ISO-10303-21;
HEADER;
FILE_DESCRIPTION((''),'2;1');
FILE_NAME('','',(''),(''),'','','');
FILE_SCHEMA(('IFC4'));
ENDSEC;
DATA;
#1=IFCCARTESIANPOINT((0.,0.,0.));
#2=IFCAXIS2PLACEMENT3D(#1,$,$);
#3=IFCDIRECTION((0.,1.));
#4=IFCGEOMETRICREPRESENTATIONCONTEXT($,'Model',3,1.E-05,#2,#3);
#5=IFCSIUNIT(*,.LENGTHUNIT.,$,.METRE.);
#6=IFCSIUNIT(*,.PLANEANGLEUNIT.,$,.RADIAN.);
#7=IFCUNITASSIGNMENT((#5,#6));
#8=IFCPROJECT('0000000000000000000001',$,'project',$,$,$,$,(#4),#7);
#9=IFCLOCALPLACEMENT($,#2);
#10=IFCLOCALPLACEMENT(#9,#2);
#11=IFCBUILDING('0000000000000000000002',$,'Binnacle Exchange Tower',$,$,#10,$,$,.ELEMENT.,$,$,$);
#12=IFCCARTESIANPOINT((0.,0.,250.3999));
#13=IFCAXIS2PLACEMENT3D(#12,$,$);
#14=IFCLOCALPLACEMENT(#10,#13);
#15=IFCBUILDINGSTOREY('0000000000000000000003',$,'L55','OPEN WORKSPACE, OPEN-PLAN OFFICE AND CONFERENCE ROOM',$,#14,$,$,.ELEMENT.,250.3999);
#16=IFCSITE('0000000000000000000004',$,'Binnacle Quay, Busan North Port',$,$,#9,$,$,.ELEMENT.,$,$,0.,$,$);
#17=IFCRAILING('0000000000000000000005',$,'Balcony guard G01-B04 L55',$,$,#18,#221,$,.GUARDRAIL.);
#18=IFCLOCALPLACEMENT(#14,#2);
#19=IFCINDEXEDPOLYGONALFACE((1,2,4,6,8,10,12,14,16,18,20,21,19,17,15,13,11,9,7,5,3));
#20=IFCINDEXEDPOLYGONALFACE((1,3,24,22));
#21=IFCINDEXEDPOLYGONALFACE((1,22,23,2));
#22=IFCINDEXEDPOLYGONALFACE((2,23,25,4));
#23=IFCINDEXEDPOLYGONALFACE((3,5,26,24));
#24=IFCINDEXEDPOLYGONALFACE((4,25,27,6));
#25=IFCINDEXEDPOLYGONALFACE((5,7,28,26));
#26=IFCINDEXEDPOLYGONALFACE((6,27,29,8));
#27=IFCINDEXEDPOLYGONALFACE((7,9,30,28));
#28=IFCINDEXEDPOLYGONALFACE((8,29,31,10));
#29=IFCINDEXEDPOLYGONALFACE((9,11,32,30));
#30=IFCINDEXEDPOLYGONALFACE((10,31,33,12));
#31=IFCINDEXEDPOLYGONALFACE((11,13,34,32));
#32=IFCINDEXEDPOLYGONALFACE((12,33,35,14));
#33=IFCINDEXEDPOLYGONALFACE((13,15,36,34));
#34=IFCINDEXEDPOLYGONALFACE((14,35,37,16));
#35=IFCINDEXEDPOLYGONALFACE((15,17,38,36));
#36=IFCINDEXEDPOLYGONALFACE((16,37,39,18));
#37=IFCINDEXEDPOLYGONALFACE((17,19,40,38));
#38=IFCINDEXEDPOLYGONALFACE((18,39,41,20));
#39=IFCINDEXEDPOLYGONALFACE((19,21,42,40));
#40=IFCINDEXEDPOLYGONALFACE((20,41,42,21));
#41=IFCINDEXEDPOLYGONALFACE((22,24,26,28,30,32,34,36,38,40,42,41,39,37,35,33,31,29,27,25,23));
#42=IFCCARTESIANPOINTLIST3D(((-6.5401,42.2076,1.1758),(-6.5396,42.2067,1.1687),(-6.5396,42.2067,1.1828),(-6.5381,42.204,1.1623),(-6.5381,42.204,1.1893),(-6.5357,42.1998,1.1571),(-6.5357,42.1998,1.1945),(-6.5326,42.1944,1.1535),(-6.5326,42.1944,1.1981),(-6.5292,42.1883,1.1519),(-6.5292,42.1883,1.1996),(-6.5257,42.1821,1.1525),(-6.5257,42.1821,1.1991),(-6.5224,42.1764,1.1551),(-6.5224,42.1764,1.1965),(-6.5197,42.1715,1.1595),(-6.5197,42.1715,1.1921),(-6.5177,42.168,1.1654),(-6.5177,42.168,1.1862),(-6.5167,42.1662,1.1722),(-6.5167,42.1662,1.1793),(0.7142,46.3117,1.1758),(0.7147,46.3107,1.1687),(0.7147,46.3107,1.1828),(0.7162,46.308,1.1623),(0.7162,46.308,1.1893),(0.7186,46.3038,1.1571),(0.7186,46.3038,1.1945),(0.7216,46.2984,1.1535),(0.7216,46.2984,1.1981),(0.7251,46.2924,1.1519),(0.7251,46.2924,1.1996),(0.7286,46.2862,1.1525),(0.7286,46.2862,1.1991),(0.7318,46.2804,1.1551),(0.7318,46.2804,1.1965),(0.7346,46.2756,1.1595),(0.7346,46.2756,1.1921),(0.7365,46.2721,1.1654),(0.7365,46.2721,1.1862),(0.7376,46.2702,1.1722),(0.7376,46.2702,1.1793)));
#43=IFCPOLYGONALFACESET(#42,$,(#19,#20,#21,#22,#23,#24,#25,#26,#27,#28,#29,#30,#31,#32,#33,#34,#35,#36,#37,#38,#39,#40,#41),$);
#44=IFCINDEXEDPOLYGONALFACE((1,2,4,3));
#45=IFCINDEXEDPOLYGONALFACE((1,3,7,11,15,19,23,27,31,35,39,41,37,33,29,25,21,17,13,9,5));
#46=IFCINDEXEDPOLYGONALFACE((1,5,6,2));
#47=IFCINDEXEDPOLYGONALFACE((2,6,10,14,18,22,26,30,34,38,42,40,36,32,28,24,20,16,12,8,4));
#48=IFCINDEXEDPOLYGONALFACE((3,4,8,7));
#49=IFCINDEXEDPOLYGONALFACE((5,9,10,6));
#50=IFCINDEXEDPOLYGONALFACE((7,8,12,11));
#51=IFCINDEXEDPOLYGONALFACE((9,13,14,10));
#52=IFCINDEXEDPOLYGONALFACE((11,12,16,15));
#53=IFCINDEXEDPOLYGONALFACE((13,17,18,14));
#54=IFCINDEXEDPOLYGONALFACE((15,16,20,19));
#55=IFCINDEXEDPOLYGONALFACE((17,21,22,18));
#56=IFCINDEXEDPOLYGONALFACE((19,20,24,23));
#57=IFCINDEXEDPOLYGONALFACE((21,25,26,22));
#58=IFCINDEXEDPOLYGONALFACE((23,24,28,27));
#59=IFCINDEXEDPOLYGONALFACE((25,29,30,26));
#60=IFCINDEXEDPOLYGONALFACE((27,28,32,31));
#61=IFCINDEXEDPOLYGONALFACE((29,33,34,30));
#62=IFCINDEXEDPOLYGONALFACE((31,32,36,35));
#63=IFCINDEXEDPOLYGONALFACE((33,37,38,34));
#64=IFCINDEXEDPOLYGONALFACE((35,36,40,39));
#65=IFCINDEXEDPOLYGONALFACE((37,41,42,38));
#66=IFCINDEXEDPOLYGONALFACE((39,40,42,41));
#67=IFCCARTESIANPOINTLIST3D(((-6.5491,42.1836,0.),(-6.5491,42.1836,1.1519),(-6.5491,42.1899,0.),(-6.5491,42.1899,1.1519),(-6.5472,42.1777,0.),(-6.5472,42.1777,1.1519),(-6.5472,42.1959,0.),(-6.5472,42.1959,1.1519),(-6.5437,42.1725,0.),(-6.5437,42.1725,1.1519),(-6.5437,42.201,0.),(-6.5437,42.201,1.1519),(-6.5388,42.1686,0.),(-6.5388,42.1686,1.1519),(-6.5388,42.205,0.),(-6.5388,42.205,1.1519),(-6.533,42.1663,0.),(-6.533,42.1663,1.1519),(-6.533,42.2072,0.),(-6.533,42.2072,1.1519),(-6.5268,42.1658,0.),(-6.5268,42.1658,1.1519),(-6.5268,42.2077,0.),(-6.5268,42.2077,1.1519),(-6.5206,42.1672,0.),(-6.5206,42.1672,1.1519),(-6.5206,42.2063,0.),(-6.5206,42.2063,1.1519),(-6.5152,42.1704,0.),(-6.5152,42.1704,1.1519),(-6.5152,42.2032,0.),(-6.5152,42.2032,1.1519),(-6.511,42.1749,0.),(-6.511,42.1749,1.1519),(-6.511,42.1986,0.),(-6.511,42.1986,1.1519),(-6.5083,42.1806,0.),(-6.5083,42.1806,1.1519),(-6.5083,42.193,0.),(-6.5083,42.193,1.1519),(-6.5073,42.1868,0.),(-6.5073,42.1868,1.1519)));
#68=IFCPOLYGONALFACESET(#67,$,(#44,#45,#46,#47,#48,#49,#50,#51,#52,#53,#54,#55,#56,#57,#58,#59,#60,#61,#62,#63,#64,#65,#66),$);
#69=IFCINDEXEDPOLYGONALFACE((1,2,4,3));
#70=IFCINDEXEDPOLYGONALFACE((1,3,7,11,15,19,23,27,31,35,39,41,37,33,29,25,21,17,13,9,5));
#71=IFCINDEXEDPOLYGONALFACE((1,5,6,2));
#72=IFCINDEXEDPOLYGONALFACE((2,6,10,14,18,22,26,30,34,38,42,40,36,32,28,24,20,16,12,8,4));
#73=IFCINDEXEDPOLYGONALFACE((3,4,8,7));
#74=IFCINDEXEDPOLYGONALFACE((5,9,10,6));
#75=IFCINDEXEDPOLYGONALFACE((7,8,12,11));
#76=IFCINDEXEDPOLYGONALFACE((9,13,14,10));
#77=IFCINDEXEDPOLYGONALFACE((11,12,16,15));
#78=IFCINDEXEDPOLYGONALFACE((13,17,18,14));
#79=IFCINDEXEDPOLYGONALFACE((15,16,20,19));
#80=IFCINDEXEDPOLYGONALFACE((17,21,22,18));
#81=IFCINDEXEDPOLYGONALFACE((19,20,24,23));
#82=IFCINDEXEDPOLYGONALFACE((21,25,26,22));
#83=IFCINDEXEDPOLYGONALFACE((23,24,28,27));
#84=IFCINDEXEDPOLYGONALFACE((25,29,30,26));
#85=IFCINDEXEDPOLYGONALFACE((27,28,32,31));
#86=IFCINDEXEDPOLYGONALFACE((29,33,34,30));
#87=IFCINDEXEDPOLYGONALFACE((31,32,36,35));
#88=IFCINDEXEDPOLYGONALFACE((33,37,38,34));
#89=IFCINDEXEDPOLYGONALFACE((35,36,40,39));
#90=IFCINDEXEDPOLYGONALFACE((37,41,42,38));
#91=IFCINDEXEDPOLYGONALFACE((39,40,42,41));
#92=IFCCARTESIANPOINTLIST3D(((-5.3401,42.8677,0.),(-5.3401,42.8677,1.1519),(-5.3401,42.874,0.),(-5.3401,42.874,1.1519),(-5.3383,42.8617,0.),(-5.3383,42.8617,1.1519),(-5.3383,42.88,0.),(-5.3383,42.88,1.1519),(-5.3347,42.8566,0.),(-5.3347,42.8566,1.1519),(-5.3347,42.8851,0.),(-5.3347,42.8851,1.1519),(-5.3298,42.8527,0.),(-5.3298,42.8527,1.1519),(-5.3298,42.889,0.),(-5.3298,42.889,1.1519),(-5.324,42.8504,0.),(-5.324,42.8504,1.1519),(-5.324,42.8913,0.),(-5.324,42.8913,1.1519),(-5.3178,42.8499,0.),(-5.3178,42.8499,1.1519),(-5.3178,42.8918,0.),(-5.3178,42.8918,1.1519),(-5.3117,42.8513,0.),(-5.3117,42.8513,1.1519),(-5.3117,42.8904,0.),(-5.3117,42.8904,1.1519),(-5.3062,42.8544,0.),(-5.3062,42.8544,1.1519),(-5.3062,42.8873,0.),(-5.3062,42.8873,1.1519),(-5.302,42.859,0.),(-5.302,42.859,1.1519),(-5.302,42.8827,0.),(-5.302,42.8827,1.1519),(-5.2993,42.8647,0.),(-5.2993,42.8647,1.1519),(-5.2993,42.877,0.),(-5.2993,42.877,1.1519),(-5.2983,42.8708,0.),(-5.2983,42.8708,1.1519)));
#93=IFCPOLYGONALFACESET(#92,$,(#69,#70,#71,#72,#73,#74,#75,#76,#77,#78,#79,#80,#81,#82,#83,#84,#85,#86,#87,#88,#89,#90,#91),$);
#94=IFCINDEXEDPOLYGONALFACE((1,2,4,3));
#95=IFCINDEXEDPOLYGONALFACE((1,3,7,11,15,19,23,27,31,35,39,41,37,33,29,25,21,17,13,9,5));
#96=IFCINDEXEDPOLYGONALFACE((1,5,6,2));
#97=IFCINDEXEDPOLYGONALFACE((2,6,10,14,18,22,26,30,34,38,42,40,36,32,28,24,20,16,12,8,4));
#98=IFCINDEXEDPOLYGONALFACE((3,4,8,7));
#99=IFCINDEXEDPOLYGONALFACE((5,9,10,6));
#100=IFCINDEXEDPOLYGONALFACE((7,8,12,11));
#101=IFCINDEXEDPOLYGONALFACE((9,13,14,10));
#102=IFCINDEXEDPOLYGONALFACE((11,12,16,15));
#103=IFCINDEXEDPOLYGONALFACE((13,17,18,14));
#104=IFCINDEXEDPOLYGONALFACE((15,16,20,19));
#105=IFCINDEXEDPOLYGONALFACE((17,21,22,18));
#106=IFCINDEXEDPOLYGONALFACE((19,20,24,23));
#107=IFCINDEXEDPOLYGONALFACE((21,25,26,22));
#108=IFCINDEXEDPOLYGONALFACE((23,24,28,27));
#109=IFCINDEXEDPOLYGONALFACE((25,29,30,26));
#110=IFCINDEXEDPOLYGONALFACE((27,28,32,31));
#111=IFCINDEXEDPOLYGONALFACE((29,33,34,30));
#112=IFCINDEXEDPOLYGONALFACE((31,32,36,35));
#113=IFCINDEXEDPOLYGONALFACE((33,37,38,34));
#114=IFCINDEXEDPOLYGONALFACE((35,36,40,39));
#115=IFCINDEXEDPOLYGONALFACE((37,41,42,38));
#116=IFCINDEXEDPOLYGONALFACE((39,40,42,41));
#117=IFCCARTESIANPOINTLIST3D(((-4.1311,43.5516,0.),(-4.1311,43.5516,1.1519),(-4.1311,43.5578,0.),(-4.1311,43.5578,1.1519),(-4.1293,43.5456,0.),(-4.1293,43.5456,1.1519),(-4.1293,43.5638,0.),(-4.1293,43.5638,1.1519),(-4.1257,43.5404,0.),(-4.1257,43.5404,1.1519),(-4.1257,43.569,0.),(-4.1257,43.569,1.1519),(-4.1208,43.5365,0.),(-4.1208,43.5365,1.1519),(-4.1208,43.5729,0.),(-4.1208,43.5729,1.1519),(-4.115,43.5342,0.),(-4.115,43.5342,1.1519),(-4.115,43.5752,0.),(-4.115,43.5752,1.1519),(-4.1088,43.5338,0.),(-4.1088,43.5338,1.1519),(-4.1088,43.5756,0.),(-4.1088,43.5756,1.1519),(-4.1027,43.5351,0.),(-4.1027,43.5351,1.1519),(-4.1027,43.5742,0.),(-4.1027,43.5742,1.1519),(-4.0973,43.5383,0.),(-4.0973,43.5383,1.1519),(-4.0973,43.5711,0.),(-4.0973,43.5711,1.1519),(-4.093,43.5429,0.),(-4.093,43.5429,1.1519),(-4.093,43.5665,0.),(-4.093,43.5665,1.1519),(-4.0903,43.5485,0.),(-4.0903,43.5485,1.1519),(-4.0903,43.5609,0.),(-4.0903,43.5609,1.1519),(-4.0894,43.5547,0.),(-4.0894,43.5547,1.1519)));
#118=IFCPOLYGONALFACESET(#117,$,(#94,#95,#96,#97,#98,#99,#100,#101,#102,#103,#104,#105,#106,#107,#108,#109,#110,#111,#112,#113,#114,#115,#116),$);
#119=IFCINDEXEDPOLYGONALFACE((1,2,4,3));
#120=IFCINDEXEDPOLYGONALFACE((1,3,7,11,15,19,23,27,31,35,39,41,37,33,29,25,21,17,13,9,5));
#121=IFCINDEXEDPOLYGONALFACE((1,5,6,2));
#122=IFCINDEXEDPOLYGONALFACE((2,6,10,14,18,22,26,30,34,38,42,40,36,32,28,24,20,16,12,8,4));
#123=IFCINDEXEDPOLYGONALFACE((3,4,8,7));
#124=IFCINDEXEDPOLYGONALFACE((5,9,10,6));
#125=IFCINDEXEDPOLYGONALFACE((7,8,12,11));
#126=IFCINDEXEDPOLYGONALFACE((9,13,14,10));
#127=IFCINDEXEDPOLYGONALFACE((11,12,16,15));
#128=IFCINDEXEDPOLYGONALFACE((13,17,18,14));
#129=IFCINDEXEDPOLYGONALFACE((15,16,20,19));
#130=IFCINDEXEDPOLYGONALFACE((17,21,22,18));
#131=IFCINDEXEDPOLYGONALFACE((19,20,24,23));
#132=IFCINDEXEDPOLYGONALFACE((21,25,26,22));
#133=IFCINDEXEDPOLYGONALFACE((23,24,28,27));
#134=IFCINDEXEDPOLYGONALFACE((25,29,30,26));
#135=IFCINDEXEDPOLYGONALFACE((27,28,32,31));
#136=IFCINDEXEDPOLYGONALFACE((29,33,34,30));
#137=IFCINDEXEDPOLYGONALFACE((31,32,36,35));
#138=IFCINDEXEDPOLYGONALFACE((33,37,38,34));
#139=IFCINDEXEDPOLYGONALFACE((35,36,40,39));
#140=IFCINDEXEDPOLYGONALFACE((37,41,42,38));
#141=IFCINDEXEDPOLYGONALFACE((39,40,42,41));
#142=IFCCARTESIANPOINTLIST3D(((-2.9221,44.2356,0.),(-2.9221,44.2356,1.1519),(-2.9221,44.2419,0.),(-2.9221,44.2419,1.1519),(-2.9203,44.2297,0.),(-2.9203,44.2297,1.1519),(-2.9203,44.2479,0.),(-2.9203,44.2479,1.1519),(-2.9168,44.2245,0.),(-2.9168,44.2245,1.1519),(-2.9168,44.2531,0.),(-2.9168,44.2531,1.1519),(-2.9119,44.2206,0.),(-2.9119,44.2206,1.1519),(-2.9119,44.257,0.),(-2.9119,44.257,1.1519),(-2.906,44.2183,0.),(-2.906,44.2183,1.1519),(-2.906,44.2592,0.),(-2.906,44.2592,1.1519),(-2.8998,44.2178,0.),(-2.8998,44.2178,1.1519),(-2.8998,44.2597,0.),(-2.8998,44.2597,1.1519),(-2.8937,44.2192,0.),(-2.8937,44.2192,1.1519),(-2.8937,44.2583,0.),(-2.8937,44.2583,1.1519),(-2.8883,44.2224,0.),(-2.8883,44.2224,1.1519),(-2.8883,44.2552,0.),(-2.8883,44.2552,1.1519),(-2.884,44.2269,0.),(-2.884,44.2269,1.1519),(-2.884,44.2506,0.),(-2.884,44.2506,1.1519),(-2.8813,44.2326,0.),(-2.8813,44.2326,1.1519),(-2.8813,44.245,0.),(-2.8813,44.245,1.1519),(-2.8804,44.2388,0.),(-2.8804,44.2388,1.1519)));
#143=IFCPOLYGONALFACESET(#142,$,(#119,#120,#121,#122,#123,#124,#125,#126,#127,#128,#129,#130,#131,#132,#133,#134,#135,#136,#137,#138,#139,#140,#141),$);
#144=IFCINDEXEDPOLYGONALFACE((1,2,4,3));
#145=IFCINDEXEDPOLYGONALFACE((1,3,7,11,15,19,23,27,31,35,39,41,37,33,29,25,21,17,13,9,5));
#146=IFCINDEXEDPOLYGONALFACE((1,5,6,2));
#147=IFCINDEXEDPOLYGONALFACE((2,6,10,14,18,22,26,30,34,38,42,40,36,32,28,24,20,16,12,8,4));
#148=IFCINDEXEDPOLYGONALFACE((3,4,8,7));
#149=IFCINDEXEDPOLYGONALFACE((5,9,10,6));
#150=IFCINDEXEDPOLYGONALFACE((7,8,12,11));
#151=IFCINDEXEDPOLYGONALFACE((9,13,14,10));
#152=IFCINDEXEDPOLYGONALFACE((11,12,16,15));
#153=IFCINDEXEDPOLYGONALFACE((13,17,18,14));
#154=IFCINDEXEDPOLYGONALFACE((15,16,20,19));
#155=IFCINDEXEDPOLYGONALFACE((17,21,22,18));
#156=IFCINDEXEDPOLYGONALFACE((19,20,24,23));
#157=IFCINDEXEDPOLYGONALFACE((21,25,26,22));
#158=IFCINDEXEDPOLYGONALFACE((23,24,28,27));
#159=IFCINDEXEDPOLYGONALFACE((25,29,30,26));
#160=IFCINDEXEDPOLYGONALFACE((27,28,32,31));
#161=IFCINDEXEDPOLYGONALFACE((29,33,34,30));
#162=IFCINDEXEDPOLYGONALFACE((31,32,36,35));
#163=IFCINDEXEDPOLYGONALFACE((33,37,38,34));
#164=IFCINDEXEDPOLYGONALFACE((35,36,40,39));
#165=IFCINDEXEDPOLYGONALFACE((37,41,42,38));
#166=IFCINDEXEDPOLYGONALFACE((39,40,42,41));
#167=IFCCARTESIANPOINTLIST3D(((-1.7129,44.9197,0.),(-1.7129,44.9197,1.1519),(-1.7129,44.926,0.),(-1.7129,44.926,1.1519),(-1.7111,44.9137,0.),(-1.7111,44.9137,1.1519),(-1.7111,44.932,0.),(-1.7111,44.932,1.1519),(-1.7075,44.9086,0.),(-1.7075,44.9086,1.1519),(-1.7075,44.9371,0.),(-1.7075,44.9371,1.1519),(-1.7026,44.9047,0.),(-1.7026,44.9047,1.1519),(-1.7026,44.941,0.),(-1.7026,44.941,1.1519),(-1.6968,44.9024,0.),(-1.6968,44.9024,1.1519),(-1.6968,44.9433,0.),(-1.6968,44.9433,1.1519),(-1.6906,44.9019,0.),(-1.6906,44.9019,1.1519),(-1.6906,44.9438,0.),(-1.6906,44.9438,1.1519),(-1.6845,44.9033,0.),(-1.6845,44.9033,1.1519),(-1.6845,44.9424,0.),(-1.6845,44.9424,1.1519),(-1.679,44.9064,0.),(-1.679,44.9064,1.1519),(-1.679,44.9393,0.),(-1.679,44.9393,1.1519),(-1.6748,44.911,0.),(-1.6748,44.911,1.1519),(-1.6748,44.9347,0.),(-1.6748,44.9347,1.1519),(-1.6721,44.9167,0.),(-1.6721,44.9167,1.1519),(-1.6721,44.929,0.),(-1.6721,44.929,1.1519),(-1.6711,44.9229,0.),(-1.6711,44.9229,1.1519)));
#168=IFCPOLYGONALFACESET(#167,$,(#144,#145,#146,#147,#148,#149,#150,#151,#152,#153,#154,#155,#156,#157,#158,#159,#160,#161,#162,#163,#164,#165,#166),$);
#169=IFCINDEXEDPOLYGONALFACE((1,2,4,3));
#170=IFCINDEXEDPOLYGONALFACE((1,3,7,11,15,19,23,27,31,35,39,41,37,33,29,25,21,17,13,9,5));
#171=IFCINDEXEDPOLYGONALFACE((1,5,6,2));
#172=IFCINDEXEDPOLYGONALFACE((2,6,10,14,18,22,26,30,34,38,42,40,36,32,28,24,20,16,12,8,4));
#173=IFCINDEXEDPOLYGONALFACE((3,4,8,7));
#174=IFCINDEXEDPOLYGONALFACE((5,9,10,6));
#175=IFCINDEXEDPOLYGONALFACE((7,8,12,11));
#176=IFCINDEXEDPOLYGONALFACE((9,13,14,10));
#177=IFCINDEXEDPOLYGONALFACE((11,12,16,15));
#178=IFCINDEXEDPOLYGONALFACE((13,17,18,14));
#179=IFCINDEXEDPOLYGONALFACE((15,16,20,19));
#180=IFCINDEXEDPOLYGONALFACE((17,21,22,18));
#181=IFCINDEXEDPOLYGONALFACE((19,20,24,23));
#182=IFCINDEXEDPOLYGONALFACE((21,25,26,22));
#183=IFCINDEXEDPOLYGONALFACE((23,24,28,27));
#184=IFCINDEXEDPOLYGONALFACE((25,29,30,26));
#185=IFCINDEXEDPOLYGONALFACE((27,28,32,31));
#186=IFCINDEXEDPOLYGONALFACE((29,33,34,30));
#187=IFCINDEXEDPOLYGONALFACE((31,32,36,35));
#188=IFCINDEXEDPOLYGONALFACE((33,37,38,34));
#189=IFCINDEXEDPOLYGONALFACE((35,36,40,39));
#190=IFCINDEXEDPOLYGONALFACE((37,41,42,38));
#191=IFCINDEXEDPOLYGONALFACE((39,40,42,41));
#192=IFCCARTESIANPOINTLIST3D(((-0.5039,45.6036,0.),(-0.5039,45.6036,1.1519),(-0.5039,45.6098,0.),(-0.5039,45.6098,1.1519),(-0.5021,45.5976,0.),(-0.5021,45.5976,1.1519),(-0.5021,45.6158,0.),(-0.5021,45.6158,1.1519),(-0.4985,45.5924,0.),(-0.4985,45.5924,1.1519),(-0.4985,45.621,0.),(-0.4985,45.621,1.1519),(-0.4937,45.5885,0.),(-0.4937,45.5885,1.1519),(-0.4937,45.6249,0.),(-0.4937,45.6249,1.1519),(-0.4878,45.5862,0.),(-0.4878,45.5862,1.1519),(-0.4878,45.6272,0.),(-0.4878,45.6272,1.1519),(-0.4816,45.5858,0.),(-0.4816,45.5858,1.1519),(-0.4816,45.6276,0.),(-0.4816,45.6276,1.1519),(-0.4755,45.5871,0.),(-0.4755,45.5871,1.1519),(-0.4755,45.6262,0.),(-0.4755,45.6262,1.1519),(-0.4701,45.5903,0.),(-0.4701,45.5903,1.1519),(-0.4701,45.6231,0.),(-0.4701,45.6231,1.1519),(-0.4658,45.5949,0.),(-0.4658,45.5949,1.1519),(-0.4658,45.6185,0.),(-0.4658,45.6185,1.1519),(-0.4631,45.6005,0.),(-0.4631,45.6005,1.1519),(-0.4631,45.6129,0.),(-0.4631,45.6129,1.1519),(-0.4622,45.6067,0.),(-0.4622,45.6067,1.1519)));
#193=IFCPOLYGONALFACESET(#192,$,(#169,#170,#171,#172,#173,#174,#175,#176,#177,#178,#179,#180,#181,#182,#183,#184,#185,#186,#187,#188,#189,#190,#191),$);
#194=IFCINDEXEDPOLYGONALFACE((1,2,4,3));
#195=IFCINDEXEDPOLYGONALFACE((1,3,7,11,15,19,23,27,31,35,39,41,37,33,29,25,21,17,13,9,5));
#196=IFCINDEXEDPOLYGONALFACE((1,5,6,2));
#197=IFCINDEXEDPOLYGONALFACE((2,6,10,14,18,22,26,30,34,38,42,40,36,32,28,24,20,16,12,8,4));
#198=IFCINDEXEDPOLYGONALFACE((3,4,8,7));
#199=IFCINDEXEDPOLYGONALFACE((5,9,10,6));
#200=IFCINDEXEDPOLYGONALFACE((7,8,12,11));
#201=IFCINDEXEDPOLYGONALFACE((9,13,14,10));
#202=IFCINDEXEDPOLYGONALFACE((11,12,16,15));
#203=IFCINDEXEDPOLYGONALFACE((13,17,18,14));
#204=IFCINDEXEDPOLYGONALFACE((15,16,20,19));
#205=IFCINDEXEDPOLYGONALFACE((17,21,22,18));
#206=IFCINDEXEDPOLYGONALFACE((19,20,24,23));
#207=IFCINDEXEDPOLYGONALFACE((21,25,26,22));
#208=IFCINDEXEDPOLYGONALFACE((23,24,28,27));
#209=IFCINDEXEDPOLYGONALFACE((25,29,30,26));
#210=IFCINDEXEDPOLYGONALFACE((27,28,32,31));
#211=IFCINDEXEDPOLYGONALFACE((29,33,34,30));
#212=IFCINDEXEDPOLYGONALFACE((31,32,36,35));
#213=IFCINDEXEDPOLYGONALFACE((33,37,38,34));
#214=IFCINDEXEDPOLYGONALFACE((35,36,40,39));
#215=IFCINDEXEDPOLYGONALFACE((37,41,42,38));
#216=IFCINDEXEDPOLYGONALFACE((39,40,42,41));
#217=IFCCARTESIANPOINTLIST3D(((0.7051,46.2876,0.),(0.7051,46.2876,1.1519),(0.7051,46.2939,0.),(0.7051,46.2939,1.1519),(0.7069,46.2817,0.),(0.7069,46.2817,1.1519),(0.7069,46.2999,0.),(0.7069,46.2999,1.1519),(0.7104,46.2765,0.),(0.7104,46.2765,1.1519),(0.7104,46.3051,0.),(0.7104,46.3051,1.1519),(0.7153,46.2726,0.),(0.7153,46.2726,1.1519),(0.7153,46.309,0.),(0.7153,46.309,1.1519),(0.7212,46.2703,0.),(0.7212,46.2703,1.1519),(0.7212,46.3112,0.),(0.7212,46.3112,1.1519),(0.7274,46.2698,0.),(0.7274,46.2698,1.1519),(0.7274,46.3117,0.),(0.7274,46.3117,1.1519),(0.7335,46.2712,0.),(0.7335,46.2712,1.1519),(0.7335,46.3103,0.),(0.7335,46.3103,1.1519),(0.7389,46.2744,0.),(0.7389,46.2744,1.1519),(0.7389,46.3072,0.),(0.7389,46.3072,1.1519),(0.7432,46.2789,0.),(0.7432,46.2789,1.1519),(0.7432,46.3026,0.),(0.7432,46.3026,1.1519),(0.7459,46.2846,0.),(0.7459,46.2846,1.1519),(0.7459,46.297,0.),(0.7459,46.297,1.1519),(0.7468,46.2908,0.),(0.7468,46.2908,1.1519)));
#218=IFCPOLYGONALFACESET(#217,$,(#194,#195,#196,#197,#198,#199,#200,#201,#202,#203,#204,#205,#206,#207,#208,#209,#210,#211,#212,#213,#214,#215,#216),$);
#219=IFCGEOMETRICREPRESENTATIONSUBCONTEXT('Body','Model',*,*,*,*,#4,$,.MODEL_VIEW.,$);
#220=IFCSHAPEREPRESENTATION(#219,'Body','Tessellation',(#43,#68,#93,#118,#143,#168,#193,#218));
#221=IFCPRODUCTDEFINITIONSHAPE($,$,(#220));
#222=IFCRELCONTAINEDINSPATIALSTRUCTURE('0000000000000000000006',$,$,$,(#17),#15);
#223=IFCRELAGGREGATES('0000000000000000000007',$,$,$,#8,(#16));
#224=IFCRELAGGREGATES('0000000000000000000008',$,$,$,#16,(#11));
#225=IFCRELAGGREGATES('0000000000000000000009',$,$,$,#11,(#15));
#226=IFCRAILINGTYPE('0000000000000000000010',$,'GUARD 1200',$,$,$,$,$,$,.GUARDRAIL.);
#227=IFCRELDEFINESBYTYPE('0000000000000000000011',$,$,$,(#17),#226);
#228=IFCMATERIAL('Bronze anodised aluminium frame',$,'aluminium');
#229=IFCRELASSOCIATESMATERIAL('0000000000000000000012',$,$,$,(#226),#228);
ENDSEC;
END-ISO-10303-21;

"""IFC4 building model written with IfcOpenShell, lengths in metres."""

from ifc_helpers import new_model, si_unit, direction, frame, origin, origin_2d, place, context, subcontext, project, spatial, circle, extrude, material, type_object, element, save


model = new_model("IFC4")

# Units and contexts
model_context = context("Model", 3, precision=1e-05, world=origin(), true_north=direction((0.0, 1.0)))
body_context = subcontext(model_context, "Body", "Model", "MODEL_VIEW")
ifc_project = project(units=[si_unit("LENGTHUNIT", "METRE"), si_unit("PLANEANGLEUNIT", "RADIAN")], contexts=[model_context])

# Site, building, storey
site_placement = place(None, origin())
site = spatial("IfcSite", under=ifc_project, at=site_placement, Name="Binnacle Quay, Busan North Port", CompositionType="ELEMENT", RefElevation=0.0)
building_placement = place(site_placement, origin())
building = spatial("IfcBuilding", under=site, at=building_placement, Name="Binnacle Exchange Tower", CompositionType="ELEMENT")
storey_placement = place(building_placement, frame((0.0, 0.0, 250.3999)))
storey = spatial("IfcBuildingStorey", under=building, at=storey_placement, Name="L55", Description="OPEN WORKSPACE, OPEN-PLAN OFFICE AND CONFERENCE ROOM", CompositionType="ELEMENT", Elevation=250.3999)

# Railing
ifc_material_1 = material(Name="Bronze anodised aluminium frame", Category="aluminium")
railing_type = type_object("IfcRailingType", Name="GUARD 1200", PredefinedType="GUARDRAIL", material=ifc_material_1)
railing_1_placement = place(storey_placement, frame((-6.5283, 42.1868, 0.0)))
element("IfcRailing", 1, at=railing_1_placement, inside=storey, type_object=railing_type, Name="Balcony guard G01-B04 L55", PredefinedType="GUARDRAIL", context=body_context, shape_type="SweptSolid", body=[
    extrude(circle(Radius=0.0239, at=origin_2d()), frame((0.0, 0.0, 1.1758), z_axis=(0.870366, 0.492406, 0.0), x_axis=(-0.492406, 0.870366, 0.0)), (0.0, 0.0, 1.0), 8.3347),
    extrude(circle(Radius=0.021, at=origin_2d()), origin(), (0.0, 0.0, 1.0), 1.1519),
    extrude(circle(Radius=0.021, at=origin_2d()), frame((1.209, 0.6841, 0.0)), (0.0, 0.0, 1.0), 1.1519),
    extrude(circle(Radius=0.021, at=origin_2d()), frame((2.418, 1.3679, 0.0)), (0.0, 0.0, 1.0), 1.1519),
    extrude(circle(Radius=0.021, at=origin_2d()), frame((3.627, 2.052, 0.0)), (0.0, 0.0, 1.0), 1.1519),
    extrude(circle(Radius=0.021, at=origin_2d()), frame((4.8362, 2.7361, 0.0)), (0.0, 0.0, 1.0), 1.1519),
    extrude(circle(Radius=0.021, at=origin_2d()), frame((6.0452, 3.4199, 0.0)), (0.0, 0.0, 1.0), 1.1519),
    extrude(circle(Radius=0.021, at=origin_2d()), frame((7.2542, 4.104, 0.0)), (0.0, 0.0, 1.0), 1.1519),
])

save(model, "model.ifc")
